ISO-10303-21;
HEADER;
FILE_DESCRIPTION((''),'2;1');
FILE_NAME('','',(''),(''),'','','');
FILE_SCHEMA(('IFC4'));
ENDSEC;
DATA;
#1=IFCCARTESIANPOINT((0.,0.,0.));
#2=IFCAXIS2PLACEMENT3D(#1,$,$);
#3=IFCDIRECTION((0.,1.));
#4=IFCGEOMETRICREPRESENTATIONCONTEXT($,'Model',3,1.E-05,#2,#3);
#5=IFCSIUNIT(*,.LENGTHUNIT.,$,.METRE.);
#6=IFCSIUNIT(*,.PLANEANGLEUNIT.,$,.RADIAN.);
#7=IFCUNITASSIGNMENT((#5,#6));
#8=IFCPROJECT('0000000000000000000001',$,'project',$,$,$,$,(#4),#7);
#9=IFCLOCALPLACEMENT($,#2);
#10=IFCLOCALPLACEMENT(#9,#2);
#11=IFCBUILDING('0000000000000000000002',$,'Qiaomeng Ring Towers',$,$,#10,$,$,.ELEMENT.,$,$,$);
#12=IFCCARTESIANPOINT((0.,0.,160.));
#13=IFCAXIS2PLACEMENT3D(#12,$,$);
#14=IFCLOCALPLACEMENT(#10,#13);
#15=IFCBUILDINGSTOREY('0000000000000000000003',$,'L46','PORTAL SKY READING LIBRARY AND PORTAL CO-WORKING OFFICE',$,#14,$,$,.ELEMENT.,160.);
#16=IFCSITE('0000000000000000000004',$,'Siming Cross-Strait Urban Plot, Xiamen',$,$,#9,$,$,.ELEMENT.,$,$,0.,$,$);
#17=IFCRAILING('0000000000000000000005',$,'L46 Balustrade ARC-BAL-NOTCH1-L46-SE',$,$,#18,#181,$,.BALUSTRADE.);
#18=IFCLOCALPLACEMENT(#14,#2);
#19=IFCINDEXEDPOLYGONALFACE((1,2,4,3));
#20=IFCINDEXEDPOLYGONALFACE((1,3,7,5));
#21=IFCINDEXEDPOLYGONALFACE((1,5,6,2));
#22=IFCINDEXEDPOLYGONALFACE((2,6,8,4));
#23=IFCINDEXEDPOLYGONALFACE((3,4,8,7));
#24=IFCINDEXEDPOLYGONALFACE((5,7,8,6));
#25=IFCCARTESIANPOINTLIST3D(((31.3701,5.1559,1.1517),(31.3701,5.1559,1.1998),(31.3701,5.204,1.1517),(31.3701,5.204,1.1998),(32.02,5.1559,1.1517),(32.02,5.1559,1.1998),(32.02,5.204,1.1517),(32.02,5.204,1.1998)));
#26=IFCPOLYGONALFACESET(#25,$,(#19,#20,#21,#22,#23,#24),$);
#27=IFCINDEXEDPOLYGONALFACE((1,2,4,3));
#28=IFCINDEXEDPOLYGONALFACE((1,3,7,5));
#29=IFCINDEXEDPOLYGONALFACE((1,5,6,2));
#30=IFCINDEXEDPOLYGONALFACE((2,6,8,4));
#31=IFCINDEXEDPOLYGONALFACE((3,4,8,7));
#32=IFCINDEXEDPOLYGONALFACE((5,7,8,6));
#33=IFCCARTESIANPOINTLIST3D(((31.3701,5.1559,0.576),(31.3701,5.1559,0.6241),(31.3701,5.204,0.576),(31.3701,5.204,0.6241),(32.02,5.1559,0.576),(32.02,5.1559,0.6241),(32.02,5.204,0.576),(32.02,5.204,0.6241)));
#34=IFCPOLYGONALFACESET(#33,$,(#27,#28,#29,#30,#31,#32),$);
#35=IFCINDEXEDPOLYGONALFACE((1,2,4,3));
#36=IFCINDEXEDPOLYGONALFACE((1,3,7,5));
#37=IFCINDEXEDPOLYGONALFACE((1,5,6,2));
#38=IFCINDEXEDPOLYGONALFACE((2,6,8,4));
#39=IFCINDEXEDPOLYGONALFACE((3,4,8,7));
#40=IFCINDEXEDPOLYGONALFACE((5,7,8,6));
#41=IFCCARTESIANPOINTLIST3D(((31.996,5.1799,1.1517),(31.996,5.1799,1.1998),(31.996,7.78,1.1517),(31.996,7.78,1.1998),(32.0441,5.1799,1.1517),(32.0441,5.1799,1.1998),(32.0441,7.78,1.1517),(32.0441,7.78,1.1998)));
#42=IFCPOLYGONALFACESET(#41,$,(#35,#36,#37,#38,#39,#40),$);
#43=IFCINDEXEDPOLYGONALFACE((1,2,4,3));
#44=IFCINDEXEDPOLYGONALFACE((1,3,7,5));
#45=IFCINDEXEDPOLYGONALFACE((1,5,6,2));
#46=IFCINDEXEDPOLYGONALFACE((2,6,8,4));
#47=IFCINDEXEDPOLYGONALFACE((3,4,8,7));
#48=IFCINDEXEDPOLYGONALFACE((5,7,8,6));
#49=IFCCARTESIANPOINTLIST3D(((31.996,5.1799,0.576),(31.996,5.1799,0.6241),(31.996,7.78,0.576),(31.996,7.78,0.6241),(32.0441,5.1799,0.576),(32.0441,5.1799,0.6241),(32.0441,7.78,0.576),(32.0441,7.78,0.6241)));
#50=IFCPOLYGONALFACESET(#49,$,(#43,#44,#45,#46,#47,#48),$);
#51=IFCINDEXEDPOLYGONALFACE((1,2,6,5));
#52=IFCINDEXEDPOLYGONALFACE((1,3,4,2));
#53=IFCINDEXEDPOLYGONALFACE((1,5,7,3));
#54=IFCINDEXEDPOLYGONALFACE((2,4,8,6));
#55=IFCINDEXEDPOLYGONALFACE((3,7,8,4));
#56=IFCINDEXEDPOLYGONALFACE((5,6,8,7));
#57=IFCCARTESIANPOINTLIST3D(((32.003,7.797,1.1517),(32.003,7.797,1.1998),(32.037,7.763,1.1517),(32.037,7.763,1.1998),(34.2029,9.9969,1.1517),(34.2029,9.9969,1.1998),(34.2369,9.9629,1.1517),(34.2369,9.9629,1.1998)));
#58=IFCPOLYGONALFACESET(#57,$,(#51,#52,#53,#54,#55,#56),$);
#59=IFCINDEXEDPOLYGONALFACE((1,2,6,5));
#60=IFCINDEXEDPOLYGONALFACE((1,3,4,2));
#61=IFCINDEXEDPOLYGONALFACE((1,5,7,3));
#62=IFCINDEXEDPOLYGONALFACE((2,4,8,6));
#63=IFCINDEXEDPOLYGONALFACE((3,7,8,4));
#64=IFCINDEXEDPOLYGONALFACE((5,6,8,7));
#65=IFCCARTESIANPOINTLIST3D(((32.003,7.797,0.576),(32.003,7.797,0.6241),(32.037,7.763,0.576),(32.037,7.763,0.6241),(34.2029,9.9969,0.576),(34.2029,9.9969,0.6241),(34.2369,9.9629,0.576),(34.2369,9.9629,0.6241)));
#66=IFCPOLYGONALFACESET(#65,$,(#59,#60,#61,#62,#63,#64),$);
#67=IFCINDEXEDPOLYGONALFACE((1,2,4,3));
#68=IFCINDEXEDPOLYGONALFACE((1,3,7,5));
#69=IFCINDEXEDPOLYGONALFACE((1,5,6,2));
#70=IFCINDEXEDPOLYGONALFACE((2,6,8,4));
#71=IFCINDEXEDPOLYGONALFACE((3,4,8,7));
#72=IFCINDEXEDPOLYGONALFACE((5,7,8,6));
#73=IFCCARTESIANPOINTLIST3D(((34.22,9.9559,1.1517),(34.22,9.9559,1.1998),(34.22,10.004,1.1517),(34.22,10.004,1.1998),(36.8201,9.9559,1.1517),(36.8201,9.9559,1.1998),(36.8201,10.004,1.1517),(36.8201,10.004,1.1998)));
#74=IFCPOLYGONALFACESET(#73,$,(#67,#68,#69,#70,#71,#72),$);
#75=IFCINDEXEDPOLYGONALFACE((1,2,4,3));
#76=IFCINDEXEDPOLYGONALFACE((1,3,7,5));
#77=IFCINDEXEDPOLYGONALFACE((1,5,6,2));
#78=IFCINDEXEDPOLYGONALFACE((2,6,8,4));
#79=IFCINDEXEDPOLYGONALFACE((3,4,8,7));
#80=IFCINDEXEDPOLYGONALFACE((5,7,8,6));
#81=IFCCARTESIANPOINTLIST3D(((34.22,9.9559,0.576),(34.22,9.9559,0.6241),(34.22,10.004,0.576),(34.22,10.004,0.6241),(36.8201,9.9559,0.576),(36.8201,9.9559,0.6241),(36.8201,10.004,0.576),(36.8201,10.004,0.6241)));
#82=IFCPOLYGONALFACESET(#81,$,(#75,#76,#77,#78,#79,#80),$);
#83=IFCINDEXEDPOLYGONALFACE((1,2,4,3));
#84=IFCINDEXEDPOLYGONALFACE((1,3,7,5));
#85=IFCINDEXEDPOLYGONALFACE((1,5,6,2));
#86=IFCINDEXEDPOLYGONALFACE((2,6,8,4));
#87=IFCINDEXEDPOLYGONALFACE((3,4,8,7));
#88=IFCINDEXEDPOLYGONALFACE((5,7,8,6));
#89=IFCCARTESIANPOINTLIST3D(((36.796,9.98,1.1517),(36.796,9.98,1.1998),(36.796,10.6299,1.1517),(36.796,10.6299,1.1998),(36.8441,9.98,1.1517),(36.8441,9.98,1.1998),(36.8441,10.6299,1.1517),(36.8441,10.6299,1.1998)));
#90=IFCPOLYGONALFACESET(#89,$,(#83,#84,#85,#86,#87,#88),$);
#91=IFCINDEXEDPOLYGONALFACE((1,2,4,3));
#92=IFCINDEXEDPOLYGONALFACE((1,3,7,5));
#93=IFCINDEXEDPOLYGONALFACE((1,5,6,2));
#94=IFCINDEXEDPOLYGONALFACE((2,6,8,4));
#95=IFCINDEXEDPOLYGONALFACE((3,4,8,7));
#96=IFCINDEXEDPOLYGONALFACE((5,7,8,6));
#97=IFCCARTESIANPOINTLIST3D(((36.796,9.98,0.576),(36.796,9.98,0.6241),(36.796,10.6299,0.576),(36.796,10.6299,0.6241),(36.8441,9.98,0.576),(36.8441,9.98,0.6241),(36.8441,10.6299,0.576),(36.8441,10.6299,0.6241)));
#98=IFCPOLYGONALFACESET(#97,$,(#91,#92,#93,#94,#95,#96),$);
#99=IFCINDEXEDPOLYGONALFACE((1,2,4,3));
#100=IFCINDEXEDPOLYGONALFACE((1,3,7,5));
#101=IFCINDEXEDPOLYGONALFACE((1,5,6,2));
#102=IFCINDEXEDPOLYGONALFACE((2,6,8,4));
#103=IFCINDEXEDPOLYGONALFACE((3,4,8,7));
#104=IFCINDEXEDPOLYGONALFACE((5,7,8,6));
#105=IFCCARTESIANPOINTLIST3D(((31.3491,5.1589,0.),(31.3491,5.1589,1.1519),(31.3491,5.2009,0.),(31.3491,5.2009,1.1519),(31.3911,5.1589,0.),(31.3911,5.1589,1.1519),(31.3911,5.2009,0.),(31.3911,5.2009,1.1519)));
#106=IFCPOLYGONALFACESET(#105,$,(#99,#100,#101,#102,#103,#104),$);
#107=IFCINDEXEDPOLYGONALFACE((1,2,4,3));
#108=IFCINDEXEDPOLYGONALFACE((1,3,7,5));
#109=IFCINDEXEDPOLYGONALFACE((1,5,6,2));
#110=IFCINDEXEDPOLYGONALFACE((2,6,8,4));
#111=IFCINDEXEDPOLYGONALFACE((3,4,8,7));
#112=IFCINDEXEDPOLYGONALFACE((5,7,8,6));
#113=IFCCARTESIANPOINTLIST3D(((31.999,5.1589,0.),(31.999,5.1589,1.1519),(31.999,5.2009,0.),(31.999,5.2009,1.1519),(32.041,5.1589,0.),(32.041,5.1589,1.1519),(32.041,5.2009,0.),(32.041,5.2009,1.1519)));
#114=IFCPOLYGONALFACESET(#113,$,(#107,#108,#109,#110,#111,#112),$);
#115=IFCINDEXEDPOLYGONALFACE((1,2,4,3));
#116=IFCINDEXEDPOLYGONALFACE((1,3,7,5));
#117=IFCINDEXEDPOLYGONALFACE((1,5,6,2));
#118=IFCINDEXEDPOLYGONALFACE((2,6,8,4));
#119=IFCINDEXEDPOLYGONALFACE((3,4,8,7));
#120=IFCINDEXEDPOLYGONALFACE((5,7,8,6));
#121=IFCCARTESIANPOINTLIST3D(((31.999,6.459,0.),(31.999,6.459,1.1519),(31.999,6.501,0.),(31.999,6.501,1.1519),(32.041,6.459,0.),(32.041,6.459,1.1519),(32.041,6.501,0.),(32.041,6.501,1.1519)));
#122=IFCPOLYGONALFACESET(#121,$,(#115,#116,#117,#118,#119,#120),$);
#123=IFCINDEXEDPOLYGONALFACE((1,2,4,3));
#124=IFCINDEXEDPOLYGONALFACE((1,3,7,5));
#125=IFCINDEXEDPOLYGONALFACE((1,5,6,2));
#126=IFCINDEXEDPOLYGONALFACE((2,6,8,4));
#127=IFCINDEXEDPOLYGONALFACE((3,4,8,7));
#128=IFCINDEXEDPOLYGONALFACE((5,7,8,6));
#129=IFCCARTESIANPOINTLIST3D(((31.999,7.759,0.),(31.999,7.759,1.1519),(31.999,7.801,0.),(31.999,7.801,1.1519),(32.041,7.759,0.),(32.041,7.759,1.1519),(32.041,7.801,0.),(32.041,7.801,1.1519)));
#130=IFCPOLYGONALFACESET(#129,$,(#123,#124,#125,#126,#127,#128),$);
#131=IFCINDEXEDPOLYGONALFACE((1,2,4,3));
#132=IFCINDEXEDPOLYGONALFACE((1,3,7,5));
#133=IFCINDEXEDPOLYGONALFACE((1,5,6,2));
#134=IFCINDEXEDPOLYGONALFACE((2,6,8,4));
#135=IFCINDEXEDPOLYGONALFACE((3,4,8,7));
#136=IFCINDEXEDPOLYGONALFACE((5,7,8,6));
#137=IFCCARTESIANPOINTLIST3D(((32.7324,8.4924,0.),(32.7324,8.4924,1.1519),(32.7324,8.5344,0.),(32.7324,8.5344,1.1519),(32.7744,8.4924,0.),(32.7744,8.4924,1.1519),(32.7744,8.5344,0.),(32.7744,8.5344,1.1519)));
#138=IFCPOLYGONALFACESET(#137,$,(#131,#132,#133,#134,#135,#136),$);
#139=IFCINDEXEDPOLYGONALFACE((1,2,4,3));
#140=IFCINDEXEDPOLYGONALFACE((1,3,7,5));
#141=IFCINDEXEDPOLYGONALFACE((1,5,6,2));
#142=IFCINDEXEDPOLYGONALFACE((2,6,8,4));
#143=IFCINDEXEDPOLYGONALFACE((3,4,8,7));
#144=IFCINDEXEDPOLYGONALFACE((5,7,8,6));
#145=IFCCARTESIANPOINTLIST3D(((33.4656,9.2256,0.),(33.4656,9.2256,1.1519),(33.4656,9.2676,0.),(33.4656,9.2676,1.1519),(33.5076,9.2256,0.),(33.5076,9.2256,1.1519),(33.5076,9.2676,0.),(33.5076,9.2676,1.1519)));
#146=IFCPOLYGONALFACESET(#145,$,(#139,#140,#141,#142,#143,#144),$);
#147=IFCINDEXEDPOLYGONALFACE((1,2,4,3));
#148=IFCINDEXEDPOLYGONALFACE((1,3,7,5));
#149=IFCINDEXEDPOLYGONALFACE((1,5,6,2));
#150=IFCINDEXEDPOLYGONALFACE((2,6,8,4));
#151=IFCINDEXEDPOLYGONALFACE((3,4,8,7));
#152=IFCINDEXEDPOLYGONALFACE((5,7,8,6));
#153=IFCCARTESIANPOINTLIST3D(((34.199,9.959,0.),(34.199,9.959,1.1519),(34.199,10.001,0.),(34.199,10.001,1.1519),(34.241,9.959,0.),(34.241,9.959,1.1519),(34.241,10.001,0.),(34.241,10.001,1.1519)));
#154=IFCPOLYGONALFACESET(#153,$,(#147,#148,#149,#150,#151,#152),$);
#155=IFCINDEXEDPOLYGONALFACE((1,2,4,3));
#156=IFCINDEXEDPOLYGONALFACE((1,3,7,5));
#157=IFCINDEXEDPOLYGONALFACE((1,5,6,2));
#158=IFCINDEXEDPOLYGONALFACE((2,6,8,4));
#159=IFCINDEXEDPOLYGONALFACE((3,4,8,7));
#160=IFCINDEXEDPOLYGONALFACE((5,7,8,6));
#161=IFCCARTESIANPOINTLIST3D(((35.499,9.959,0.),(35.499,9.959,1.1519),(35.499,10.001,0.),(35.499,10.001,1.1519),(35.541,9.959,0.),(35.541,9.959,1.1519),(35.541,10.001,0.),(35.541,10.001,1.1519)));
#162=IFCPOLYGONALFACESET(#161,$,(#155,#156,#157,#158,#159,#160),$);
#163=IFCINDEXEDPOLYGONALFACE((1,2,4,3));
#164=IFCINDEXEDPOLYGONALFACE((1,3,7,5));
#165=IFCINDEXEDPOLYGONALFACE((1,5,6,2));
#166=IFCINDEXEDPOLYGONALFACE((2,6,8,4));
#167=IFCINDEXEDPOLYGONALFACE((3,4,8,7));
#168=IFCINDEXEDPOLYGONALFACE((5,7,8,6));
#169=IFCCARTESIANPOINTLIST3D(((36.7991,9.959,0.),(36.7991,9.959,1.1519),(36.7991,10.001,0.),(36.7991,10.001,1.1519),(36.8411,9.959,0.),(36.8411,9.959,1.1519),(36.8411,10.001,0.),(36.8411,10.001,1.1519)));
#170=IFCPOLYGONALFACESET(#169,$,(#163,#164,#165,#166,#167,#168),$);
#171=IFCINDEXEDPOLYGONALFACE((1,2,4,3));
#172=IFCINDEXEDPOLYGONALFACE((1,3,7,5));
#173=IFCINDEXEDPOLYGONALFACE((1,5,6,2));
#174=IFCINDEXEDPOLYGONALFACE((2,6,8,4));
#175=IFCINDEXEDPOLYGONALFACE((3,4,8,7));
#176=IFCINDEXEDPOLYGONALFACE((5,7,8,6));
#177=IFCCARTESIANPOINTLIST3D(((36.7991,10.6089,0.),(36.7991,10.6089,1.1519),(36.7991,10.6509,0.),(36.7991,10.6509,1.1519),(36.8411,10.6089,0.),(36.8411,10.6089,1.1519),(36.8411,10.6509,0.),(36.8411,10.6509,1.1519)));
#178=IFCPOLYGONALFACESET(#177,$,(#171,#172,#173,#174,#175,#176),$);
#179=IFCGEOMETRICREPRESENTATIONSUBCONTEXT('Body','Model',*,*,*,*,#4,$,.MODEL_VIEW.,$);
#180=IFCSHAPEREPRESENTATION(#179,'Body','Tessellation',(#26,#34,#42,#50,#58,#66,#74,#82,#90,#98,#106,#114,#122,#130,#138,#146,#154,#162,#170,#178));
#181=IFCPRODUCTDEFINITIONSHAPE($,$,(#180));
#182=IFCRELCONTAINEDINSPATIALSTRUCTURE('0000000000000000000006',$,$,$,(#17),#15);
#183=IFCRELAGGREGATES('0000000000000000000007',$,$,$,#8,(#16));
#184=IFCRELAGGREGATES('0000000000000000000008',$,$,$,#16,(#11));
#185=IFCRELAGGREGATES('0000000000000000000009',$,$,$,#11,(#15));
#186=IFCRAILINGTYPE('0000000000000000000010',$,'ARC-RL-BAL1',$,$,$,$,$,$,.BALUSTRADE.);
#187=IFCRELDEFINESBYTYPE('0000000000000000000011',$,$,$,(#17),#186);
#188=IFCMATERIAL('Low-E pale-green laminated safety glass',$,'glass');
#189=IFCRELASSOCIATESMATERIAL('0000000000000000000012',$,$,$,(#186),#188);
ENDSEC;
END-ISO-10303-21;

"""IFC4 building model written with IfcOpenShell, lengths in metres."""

from ifc_helpers import new_model, si_unit, direction, frame, origin, origin_2d, place, context, subcontext, project, spatial, rectangle, extrude, material, type_object, element, save


model = new_model("IFC4")

# Units and contexts
model_context = context("Model", 3, precision=1e-05, world=origin(), true_north=direction((0.0, 1.0)))
body_context = subcontext(model_context, "Body", "Model", "MODEL_VIEW")
ifc_project = project(units=[si_unit("LENGTHUNIT", "METRE"), si_unit("PLANEANGLEUNIT", "RADIAN")], contexts=[model_context])

# Site, building, storey
site_placement = place(None, origin())
site = spatial("IfcSite", under=ifc_project, at=site_placement, Name="Siming Cross-Strait Urban Plot, Xiamen", CompositionType="ELEMENT", RefElevation=0.0)
building_placement = place(site_placement, origin())
building = spatial("IfcBuilding", under=site, at=building_placement, Name="Qiaomeng Ring Towers", CompositionType="ELEMENT")
storey_placement = place(building_placement, frame((0.0, 0.0, 160.0)))
storey = spatial("IfcBuildingStorey", under=building, at=storey_placement, Name="L46", Description="PORTAL SKY READING LIBRARY AND PORTAL CO-WORKING OFFICE", CompositionType="ELEMENT", Elevation=160.0)

# Railing
ifc_material_1 = material(Name="Low-E pale-green laminated safety glass", Category="glass")
railing_type = type_object("IfcRailingType", Name="ARC-RL-BAL1", PredefinedType="BALUSTRADE", material=ifc_material_1)
railing_placement = place(storey_placement, frame((31.3701, 5.1799, 0.0)))
element("IfcRailing", 1, at=railing_placement, inside=storey, type_object=railing_type, Name="L46 Balustrade ARC-BAL-NOTCH1-L46-SE", PredefinedType="BALUSTRADE", context=body_context, shape_type="SweptSolid", body=[
    extrude(rectangle(XDim=0.0481, YDim=0.0481, at=origin_2d()), frame((0.0, 0.0, 1.1758), z_axis=(1.0, 0.0, 0.0), x_axis=(0.0, 1.0, 0.0)), (0.0, 0.0, 1.0), 0.6499),
    extrude(rectangle(XDim=0.0481, YDim=0.0481, at=origin_2d()), frame((0.0, 0.0, 0.6001), z_axis=(1.0, 0.0, 0.0), x_axis=(0.0, 1.0, 0.0)), (0.0, 0.0, 1.0), 0.6499),
    extrude(rectangle(XDim=0.0481, YDim=0.0481, at=origin_2d()), frame((0.6499, 0.0, 1.1758), z_axis=(0.0, 1.0, 0.0), x_axis=(-1.0, 0.0, 0.0)), (0.0, 0.0, 1.0), 2.6001),
    extrude(rectangle(XDim=0.0481, YDim=0.0481, at=origin_2d()), frame((0.6499, 0.0, 0.6001), z_axis=(0.0, 1.0, 0.0), x_axis=(-1.0, 0.0, 0.0)), (0.0, 0.0, 1.0), 2.6001),
    extrude(rectangle(XDim=0.0481, YDim=0.0481, at=origin_2d()), frame((0.6499, 2.6001, 1.1758), z_axis=(0.707107, 0.707107, 0.0), x_axis=(-0.707107, 0.707107, 0.0)), (0.0, 0.0, 1.0), 3.1111),
    extrude(rectangle(XDim=0.0481, YDim=0.0481, at=origin_2d()), frame((0.6499, 2.6001, 0.6001), z_axis=(0.707107, 0.707107, 0.0), x_axis=(-0.707107, 0.707107, 0.0)), (0.0, 0.0, 1.0), 3.1111),
    extrude(rectangle(XDim=0.0481, YDim=0.0481, at=origin_2d()), frame((2.8499, 4.8, 1.1758), z_axis=(1.0, 0.0, 0.0), x_axis=(0.0, 1.0, 0.0)), (0.0, 0.0, 1.0), 2.6001),
    extrude(rectangle(XDim=0.0481, YDim=0.0481, at=origin_2d()), frame((2.8499, 4.8, 0.6001), z_axis=(1.0, 0.0, 0.0), x_axis=(0.0, 1.0, 0.0)), (0.0, 0.0, 1.0), 2.6001),
    extrude(rectangle(XDim=0.0481, YDim=0.0481, at=origin_2d()), frame((5.45, 4.8, 1.1758), z_axis=(0.0, 1.0, 0.0), x_axis=(-1.0, 0.0, 0.0)), (0.0, 0.0, 1.0), 0.6499),
    extrude(rectangle(XDim=0.0481, YDim=0.0481, at=origin_2d()), frame((5.45, 4.8, 0.6001), z_axis=(0.0, 1.0, 0.0), x_axis=(-1.0, 0.0, 0.0)), (0.0, 0.0, 1.0), 0.6499),
    extrude(rectangle(XDim=0.042, YDim=0.042, at=origin_2d()), origin(), (0.0, 0.0, 1.0), 1.1519),
    extrude(rectangle(XDim=0.042, YDim=0.042, at=origin_2d()), frame((0.6499, 0.0, 0.0)), (0.0, 0.0, 1.0), 1.1519),
    extrude(rectangle(XDim=0.042, YDim=0.042, at=origin_2d()), frame((0.6499, 1.3, 0.0)), (0.0, 0.0, 1.0), 1.1519),
    extrude(rectangle(XDim=0.042, YDim=0.042, at=origin_2d()), frame((0.6499, 2.6001, 0.0)), (0.0, 0.0, 1.0), 1.1519),
    extrude(rectangle(XDim=0.042, YDim=0.042, at=origin_2d()), frame((1.3833, 3.3335, 0.0)), (0.0, 0.0, 1.0), 1.1519),
    extrude(rectangle(XDim=0.042, YDim=0.042, at=origin_2d()), frame((2.1165, 4.0667, 0.0)), (0.0, 0.0, 1.0), 1.1519),
    extrude(rectangle(XDim=0.042, YDim=0.042, at=origin_2d()), frame((2.8499, 4.8, 0.0)), (0.0, 0.0, 1.0), 1.1519),
    extrude(rectangle(XDim=0.042, YDim=0.042, at=origin_2d()), frame((4.1499, 4.8, 0.0)), (0.0, 0.0, 1.0), 1.1519),
    extrude(rectangle(XDim=0.042, YDim=0.042, at=origin_2d()), frame((5.45, 4.8, 0.0)), (0.0, 0.0, 1.0), 1.1519),
    extrude(rectangle(XDim=0.042, YDim=0.042, at=origin_2d()), frame((5.45, 5.45, 0.0)), (0.0, 0.0, 1.0), 1.1519),
])

save(model, "model.ifc")
